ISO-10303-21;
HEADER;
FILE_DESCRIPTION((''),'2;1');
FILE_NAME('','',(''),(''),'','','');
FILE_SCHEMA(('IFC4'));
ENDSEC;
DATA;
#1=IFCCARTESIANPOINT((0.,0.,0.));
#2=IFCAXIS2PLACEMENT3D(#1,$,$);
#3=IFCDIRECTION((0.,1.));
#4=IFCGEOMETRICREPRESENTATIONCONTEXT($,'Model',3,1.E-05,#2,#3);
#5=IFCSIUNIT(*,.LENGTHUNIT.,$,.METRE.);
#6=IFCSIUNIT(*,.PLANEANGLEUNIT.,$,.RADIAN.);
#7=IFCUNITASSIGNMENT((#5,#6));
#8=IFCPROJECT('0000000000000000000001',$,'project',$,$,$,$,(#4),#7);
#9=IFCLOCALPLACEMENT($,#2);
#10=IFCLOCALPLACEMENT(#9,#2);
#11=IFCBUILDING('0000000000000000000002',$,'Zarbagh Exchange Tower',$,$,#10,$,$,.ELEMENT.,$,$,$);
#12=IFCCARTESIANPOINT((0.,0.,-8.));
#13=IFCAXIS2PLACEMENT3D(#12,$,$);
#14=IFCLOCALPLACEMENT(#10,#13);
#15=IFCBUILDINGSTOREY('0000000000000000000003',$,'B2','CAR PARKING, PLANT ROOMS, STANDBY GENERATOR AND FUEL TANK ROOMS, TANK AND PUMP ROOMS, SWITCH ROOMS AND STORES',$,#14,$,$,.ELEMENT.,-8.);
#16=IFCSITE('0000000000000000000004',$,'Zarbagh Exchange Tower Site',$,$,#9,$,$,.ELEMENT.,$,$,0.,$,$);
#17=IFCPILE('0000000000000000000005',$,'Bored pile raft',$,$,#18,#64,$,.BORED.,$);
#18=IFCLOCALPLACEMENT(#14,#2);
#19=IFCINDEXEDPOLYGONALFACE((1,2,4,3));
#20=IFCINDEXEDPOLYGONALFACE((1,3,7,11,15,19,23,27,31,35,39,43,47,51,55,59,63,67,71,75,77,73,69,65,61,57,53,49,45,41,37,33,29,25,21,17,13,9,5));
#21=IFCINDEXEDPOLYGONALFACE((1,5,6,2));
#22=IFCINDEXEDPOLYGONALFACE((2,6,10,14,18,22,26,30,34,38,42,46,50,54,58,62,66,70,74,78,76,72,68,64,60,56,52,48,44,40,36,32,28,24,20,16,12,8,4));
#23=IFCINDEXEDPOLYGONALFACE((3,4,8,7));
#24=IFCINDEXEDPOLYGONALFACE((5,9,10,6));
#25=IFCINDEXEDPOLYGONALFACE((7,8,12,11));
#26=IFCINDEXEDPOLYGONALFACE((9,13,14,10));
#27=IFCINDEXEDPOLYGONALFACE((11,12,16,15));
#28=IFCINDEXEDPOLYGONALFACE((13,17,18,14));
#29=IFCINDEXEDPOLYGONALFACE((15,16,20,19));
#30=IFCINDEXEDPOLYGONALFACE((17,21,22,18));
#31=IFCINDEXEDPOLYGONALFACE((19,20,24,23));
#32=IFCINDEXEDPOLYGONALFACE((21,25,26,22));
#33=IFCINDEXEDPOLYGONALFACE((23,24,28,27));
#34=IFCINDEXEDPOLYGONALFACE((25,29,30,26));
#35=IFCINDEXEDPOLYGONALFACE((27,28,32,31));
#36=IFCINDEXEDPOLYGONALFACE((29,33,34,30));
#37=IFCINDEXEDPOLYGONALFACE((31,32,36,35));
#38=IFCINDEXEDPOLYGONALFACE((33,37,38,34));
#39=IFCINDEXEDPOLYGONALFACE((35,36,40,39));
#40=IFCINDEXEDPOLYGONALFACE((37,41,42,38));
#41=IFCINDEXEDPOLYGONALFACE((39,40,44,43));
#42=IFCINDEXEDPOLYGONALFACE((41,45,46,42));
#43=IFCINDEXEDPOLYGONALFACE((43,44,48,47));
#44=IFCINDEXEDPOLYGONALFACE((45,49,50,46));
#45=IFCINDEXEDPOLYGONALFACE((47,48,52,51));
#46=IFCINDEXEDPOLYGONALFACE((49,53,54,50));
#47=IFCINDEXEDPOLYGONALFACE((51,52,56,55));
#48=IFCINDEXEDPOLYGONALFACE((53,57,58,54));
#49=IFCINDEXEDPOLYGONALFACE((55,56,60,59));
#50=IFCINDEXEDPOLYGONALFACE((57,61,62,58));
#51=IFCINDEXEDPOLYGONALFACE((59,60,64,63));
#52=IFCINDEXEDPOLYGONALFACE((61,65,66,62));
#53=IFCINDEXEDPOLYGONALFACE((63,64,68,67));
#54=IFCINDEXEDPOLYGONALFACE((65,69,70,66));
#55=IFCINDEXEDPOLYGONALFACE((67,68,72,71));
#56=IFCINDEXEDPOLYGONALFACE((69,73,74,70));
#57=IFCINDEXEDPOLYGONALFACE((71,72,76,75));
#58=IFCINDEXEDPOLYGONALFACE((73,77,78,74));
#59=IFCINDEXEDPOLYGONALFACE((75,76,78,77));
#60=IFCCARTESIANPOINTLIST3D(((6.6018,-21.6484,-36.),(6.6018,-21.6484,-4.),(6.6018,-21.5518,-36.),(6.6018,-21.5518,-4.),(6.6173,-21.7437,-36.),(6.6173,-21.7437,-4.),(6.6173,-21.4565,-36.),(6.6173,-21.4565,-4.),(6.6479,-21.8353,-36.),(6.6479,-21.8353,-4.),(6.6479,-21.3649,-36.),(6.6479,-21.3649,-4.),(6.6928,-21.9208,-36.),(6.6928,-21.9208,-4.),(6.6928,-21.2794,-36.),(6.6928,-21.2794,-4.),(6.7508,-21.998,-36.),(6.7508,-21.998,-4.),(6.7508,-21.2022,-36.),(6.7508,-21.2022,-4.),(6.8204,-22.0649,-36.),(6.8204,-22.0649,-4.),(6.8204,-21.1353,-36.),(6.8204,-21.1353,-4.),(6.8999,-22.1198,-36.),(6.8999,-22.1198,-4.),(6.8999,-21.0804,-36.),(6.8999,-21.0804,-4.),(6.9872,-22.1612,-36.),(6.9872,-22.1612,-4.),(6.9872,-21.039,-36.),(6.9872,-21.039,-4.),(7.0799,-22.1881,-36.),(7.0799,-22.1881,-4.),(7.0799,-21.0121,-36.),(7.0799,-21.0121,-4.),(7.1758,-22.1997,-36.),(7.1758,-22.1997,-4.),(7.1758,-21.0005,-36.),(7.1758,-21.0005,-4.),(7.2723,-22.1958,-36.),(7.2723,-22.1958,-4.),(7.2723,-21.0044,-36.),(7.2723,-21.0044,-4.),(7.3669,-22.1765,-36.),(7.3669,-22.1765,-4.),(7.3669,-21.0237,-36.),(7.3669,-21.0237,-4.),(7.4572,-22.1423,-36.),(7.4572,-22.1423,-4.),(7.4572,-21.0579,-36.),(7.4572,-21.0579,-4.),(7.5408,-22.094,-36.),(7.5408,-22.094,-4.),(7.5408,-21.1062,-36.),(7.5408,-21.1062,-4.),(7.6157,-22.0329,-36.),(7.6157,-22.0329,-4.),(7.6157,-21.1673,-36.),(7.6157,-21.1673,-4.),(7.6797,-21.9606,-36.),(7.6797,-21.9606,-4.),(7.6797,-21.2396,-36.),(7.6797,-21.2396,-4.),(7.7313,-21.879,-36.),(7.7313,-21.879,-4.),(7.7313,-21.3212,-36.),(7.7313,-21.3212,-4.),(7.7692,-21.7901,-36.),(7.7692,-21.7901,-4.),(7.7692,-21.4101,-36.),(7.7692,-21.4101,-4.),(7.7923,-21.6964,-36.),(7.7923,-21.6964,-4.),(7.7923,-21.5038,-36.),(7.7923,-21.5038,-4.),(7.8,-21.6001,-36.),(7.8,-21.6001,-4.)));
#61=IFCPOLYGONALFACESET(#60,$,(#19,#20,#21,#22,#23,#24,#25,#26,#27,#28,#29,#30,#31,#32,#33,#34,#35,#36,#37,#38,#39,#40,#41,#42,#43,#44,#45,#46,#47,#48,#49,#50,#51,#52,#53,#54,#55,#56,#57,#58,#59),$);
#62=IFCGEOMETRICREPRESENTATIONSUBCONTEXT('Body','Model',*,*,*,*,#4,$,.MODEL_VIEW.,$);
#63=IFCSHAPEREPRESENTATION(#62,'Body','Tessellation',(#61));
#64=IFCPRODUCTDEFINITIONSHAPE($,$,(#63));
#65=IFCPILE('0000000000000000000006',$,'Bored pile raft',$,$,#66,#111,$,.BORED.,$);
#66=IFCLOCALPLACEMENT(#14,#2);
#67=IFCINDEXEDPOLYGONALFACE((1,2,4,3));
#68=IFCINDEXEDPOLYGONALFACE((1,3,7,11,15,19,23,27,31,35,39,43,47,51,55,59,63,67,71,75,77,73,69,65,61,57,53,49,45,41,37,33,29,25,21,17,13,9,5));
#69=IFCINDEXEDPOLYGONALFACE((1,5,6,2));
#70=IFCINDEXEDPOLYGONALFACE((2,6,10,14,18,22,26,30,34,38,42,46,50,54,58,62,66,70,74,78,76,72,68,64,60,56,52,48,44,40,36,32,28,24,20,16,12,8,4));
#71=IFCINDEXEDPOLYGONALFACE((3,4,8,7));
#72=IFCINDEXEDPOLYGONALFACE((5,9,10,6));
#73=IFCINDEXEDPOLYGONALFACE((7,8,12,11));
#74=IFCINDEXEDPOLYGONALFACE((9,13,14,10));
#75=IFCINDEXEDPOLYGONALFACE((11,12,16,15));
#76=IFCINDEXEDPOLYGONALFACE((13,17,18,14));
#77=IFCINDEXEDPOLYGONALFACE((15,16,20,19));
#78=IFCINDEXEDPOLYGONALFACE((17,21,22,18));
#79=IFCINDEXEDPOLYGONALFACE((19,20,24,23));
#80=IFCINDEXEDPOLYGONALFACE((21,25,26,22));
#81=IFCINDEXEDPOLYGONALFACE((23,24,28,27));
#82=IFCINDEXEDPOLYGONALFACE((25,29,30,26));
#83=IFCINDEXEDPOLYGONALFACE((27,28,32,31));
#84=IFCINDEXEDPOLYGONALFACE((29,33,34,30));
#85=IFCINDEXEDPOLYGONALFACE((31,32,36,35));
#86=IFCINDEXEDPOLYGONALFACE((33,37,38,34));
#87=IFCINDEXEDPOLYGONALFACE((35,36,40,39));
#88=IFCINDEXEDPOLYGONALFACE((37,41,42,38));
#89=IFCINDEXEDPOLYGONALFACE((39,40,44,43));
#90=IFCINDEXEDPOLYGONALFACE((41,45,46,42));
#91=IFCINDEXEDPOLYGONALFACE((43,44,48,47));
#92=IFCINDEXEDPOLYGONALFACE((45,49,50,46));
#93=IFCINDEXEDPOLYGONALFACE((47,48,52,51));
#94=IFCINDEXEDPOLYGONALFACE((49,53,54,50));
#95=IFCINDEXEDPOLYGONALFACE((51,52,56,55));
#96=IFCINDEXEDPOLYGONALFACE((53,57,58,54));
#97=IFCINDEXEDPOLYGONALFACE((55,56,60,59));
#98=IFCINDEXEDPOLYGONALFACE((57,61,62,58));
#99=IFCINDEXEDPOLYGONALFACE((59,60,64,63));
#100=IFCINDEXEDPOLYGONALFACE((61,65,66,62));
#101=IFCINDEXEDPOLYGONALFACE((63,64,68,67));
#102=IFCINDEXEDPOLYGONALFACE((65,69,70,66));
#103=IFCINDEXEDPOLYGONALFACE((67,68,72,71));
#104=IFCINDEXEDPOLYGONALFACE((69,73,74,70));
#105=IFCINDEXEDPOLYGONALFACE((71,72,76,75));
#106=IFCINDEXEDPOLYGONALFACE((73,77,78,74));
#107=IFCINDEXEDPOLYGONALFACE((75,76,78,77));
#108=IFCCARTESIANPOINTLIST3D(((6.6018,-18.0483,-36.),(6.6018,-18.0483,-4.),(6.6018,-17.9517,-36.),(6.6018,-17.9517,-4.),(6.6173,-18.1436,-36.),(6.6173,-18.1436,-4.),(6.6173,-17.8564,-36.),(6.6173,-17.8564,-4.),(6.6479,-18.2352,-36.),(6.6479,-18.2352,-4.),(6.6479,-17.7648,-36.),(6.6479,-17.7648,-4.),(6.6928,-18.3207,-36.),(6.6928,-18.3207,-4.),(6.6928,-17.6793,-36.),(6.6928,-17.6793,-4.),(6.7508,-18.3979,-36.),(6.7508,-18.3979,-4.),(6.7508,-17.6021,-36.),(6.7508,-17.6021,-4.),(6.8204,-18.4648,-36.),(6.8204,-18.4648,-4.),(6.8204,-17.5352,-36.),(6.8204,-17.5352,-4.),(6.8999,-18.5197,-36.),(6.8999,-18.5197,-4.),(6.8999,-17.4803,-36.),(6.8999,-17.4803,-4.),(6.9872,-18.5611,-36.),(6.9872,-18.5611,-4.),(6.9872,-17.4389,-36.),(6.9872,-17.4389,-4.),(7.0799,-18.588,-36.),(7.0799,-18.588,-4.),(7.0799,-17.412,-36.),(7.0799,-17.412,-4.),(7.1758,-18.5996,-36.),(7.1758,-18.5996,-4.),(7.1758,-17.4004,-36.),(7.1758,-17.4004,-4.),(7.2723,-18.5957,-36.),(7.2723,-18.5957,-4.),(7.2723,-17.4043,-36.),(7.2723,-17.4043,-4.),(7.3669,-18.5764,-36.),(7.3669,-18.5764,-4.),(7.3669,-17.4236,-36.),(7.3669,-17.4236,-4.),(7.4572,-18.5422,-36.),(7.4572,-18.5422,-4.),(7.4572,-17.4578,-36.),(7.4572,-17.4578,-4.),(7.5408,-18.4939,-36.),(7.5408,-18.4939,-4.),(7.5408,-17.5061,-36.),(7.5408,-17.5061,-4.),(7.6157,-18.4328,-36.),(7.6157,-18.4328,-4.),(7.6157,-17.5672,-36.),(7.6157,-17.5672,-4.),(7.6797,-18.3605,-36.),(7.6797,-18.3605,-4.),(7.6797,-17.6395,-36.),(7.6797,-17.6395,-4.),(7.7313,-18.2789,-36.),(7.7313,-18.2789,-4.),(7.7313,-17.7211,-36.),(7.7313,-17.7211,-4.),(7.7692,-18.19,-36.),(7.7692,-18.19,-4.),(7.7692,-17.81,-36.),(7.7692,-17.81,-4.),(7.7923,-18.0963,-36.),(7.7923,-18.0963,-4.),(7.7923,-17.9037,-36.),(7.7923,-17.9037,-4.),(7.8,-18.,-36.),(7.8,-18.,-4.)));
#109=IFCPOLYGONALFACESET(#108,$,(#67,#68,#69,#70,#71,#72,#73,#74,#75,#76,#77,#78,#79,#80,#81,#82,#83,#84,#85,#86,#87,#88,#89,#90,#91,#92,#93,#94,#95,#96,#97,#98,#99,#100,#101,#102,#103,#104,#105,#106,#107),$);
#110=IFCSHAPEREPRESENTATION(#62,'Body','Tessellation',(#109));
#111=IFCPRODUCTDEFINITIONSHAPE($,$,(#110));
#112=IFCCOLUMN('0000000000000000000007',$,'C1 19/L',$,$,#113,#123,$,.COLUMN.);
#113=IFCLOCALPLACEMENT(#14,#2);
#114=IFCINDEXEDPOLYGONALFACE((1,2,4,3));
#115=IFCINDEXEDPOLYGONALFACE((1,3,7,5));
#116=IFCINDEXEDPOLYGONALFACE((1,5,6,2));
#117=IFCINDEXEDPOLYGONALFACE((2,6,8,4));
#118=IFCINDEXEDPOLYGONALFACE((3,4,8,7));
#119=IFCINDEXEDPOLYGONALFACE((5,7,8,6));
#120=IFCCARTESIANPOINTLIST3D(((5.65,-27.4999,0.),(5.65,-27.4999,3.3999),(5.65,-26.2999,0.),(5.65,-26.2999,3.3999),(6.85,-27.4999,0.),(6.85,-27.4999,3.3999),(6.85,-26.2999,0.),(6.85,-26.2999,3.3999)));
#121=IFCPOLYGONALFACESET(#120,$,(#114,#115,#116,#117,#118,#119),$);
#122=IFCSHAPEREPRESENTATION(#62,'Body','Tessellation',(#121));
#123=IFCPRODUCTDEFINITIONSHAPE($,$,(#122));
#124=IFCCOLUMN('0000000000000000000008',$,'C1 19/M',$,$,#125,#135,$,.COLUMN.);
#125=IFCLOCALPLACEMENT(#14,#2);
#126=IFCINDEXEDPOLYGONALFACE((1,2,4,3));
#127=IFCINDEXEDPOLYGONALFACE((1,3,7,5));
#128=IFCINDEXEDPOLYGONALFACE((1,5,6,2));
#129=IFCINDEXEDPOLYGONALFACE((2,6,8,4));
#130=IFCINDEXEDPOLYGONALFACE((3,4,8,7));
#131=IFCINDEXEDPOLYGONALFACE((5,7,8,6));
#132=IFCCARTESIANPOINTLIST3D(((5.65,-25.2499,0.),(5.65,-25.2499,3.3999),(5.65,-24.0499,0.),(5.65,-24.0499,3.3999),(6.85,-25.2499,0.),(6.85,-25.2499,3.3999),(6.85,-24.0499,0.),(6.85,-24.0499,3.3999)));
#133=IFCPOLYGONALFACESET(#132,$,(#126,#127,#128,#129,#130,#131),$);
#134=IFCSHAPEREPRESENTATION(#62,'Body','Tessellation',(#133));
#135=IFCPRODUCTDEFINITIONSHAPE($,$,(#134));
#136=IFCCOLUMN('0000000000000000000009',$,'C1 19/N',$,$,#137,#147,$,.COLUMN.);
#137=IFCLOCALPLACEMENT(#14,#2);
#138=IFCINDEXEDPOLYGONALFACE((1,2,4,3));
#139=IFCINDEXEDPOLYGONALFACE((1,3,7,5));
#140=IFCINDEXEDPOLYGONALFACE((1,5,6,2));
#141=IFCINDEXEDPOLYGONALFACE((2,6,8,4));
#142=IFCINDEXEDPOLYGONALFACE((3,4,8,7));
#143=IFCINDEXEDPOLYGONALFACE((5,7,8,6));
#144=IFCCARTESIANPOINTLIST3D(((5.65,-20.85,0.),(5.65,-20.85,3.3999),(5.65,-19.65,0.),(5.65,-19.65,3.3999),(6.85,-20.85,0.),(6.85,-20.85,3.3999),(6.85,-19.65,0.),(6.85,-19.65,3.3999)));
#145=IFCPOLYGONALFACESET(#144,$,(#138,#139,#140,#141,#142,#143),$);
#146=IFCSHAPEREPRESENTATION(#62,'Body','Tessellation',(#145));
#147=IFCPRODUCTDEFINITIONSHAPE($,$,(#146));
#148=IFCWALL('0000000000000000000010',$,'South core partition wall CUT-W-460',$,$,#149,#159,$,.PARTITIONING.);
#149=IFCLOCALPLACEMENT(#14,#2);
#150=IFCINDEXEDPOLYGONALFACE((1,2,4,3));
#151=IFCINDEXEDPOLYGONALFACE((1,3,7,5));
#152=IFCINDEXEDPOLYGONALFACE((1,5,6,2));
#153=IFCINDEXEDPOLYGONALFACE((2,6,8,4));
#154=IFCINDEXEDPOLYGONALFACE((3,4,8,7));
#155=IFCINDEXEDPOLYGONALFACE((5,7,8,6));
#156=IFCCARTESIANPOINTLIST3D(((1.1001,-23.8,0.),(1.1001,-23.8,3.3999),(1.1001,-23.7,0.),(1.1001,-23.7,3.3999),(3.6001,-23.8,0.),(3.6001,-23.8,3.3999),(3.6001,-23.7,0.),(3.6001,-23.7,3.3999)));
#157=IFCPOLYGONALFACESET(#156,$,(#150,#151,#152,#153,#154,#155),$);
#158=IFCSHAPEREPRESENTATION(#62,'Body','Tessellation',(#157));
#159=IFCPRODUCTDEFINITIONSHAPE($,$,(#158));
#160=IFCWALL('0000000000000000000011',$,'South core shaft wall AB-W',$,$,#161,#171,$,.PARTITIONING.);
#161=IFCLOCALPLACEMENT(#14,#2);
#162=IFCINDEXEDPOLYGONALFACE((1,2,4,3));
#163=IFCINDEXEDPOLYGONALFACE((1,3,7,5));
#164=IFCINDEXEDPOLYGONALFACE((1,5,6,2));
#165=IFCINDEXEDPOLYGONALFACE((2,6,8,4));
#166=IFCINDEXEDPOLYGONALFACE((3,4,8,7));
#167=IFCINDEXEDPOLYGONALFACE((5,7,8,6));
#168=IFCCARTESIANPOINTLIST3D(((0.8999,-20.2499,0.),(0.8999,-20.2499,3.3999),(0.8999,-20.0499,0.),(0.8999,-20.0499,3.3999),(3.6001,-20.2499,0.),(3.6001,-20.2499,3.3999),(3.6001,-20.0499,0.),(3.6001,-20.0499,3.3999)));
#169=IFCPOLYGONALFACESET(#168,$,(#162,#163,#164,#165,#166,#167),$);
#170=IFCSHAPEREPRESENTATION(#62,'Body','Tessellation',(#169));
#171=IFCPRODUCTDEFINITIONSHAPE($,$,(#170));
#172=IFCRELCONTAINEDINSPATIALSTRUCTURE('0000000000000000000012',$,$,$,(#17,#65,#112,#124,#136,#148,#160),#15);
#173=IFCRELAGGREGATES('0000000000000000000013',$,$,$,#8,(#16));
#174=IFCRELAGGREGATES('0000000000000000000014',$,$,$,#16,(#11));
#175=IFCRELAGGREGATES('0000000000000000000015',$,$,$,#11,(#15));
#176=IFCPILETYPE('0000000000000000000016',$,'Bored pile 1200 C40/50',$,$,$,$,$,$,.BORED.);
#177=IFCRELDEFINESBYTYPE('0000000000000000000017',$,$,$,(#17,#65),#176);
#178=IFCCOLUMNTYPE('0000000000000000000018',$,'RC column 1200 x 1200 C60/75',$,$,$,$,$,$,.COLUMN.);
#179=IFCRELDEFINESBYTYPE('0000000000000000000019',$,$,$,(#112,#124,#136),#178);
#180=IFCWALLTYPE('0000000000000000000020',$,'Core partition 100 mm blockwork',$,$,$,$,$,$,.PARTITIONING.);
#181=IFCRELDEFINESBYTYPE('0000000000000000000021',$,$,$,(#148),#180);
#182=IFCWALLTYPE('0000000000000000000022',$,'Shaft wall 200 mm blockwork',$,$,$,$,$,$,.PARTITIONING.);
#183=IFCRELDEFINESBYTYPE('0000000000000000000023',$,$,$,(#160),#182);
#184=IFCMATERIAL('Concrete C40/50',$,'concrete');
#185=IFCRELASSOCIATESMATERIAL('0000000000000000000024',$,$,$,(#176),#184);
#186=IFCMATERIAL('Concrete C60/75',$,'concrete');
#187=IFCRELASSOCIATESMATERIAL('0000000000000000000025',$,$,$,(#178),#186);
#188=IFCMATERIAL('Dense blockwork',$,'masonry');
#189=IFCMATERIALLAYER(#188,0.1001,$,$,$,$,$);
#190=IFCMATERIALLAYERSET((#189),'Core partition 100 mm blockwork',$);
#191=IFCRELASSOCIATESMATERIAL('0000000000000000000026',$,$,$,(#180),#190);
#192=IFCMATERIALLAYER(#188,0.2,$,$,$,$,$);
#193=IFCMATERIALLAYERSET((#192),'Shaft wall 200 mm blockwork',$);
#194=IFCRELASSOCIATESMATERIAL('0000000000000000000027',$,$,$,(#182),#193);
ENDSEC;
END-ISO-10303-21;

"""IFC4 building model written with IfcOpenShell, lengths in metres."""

from ifc_helpers import new_model, si_unit, direction, frame, frame_2d, origin, origin_2d, place, context, subcontext, project, spatial, rectangle, circle, extrude, material, layer, layer_set, material_profile, profile_set, type_object, element, save


model = new_model("IFC4")

# Units and contexts
model_context = context("Model", 3, precision=1e-05, world=origin(), true_north=direction((0.0, 1.0)))
body_context = subcontext(model_context, "Body", "Model", "MODEL_VIEW")
ifc_project = project(units=[si_unit("LENGTHUNIT", "METRE"), si_unit("PLANEANGLEUNIT", "RADIAN")], contexts=[model_context])

# Site, building, storey
site_placement = place(None, origin())
site = spatial("IfcSite", under=ifc_project, at=site_placement, Name="Zarbagh Exchange Tower Site", CompositionType="ELEMENT", RefElevation=0.0)
building_placement = place(site_placement, origin())
building = spatial("IfcBuilding", under=site, at=building_placement, Name="Zarbagh Exchange Tower", CompositionType="ELEMENT")
storey_placement = place(building_placement, frame((0.0, 0.0, -8.0)))
storey = spatial("IfcBuildingStorey", under=building, at=storey_placement, Name="B2", Description="CAR PARKING, PLANT ROOMS, STANDBY GENERATOR AND FUEL TANK ROOMS, TANK AND PUMP ROOMS, SWITCH ROOMS AND STORES", CompositionType="ELEMENT", Elevation=-8.0)

# Piles
ifc_material_1 = material(Name="Concrete C40/50", Category="concrete")
ifc_material_profile_1 = material_profile(ifc_material_1, circle(Radius=0.6001, at=origin_2d()), Name="Bored pile 1200 C40/50")
ifc_profile_set_1 = profile_set([ifc_material_profile_1], Name="Concrete C40/50")
pile_type = type_object("IfcPileType", Name="Bored pile 1200 C40/50", PredefinedType="BORED", material=ifc_profile_set_1)
for number, where, z_axis, x_axis, name in (
    (1, (7.2, -21.6001, -4.0), (0.0, 0.0, -1.0), (1.0, 0.0, 0.0), "Bored pile raft"),
    (2, (7.2, -18.0, -4.0), (0.0, 0.0, -1.0), (1.0, 0.0, 0.0), "Bored pile raft"),
):
    element("IfcPile", number, at=place(storey_placement, frame(where, z_axis=z_axis, x_axis=x_axis)), inside=storey, type_object=pile_type, Name=name, PredefinedType="BORED", context=body_context, shape_type="SweptSolid", body=[
        extrude(circle(Radius=0.6001, at=origin_2d()), origin(), (0.0, 0.0, 1.0), 32.0),
    ])

# Columns
ifc_material_2 = material(Name="Concrete C60/75", Category="concrete")
ifc_material_profile_2 = material_profile(ifc_material_2, rectangle(XDim=1.2, YDim=1.2, at=origin_2d()), Name="RC column 1200 x 1200 C60/75")
ifc_profile_set_2 = profile_set([ifc_material_profile_2], Name="Concrete C60/75")
column_type = type_object("IfcColumnType", Name="RC column 1200 x 1200 C60/75", PredefinedType="COLUMN", material=ifc_profile_set_2)
for number, where, z_axis, x_axis, name in (
    (3, (6.25, -26.8999, 0.0), (0.0, 0.0, 1.0), (1.0, 0.0, 0.0), "C1 19/L"),
    (4, (6.25, -24.6499, 0.0), (0.0, 0.0, 1.0), (1.0, 0.0, 0.0), "C1 19/M"),
    (5, (6.25, -20.25, 0.0), (0.0, 0.0, 1.0), (1.0, 0.0, 0.0), "C1 19/N"),
):
    element("IfcColumn", number, at=place(storey_placement, frame(where, z_axis=z_axis, x_axis=x_axis)), inside=storey, type_object=column_type, Name=name, PredefinedType="COLUMN", context=body_context, shape_type="SweptSolid", body=[
        extrude(rectangle(XDim=1.2, YDim=1.2, at=origin_2d()), origin(), (0.0, 0.0, 1.0), 3.3999),
    ])

# Walls
ifc_material_3 = material(Name="Dense blockwork", Category="masonry")
ifc_layer_1 = layer(ifc_material_3, 0.1001)
ifc_layer_set_1 = layer_set([ifc_layer_1], Name="Core partition 100 mm blockwork")
wall_type_1 = type_object("IfcWallType", Name="Core partition 100 mm blockwork", PredefinedType="PARTITIONING", material=ifc_layer_set_1)
wall_1_placement = place(storey_placement, frame((3.6001, -23.75, 0.0), z_axis=(0.0, 0.0, 1.0), x_axis=(-1.0, 0.0, 0.0)))
element("IfcWall", 6, at=wall_1_placement, inside=storey, type_object=wall_type_1, Name="South core partition wall CUT-W-460", PredefinedType="PARTITIONING", context=body_context, shape_type="SweptSolid", body=[
    extrude(rectangle(XDim=2.5, YDim=0.1001, at=frame_2d((1.25, 0.0))), origin(), (0.0, 0.0, 1.0), 3.3999),
])
ifc_layer_2 = layer(ifc_material_3, 0.2)
ifc_layer_set_2 = layer_set([ifc_layer_2], Name="Shaft wall 200 mm blockwork")
wall_type_2 = type_object("IfcWallType", Name="Shaft wall 200 mm blockwork", PredefinedType="PARTITIONING", material=ifc_layer_set_2)
wall_2_placement = place(storey_placement, frame((3.6001, -20.1499, 0.0), z_axis=(0.0, 0.0, 1.0), x_axis=(-1.0, 0.0, 0.0)))
element("IfcWall", 7, at=wall_2_placement, inside=storey, type_object=wall_type_2, Name="South core shaft wall AB-W", PredefinedType="PARTITIONING", context=body_context, shape_type="SweptSolid", body=[
    extrude(rectangle(XDim=2.7002, YDim=0.2, at=frame_2d((1.3501, 0.0))), origin(), (0.0, 0.0, 1.0), 3.3999),
])

save(model, "model.ifc")
